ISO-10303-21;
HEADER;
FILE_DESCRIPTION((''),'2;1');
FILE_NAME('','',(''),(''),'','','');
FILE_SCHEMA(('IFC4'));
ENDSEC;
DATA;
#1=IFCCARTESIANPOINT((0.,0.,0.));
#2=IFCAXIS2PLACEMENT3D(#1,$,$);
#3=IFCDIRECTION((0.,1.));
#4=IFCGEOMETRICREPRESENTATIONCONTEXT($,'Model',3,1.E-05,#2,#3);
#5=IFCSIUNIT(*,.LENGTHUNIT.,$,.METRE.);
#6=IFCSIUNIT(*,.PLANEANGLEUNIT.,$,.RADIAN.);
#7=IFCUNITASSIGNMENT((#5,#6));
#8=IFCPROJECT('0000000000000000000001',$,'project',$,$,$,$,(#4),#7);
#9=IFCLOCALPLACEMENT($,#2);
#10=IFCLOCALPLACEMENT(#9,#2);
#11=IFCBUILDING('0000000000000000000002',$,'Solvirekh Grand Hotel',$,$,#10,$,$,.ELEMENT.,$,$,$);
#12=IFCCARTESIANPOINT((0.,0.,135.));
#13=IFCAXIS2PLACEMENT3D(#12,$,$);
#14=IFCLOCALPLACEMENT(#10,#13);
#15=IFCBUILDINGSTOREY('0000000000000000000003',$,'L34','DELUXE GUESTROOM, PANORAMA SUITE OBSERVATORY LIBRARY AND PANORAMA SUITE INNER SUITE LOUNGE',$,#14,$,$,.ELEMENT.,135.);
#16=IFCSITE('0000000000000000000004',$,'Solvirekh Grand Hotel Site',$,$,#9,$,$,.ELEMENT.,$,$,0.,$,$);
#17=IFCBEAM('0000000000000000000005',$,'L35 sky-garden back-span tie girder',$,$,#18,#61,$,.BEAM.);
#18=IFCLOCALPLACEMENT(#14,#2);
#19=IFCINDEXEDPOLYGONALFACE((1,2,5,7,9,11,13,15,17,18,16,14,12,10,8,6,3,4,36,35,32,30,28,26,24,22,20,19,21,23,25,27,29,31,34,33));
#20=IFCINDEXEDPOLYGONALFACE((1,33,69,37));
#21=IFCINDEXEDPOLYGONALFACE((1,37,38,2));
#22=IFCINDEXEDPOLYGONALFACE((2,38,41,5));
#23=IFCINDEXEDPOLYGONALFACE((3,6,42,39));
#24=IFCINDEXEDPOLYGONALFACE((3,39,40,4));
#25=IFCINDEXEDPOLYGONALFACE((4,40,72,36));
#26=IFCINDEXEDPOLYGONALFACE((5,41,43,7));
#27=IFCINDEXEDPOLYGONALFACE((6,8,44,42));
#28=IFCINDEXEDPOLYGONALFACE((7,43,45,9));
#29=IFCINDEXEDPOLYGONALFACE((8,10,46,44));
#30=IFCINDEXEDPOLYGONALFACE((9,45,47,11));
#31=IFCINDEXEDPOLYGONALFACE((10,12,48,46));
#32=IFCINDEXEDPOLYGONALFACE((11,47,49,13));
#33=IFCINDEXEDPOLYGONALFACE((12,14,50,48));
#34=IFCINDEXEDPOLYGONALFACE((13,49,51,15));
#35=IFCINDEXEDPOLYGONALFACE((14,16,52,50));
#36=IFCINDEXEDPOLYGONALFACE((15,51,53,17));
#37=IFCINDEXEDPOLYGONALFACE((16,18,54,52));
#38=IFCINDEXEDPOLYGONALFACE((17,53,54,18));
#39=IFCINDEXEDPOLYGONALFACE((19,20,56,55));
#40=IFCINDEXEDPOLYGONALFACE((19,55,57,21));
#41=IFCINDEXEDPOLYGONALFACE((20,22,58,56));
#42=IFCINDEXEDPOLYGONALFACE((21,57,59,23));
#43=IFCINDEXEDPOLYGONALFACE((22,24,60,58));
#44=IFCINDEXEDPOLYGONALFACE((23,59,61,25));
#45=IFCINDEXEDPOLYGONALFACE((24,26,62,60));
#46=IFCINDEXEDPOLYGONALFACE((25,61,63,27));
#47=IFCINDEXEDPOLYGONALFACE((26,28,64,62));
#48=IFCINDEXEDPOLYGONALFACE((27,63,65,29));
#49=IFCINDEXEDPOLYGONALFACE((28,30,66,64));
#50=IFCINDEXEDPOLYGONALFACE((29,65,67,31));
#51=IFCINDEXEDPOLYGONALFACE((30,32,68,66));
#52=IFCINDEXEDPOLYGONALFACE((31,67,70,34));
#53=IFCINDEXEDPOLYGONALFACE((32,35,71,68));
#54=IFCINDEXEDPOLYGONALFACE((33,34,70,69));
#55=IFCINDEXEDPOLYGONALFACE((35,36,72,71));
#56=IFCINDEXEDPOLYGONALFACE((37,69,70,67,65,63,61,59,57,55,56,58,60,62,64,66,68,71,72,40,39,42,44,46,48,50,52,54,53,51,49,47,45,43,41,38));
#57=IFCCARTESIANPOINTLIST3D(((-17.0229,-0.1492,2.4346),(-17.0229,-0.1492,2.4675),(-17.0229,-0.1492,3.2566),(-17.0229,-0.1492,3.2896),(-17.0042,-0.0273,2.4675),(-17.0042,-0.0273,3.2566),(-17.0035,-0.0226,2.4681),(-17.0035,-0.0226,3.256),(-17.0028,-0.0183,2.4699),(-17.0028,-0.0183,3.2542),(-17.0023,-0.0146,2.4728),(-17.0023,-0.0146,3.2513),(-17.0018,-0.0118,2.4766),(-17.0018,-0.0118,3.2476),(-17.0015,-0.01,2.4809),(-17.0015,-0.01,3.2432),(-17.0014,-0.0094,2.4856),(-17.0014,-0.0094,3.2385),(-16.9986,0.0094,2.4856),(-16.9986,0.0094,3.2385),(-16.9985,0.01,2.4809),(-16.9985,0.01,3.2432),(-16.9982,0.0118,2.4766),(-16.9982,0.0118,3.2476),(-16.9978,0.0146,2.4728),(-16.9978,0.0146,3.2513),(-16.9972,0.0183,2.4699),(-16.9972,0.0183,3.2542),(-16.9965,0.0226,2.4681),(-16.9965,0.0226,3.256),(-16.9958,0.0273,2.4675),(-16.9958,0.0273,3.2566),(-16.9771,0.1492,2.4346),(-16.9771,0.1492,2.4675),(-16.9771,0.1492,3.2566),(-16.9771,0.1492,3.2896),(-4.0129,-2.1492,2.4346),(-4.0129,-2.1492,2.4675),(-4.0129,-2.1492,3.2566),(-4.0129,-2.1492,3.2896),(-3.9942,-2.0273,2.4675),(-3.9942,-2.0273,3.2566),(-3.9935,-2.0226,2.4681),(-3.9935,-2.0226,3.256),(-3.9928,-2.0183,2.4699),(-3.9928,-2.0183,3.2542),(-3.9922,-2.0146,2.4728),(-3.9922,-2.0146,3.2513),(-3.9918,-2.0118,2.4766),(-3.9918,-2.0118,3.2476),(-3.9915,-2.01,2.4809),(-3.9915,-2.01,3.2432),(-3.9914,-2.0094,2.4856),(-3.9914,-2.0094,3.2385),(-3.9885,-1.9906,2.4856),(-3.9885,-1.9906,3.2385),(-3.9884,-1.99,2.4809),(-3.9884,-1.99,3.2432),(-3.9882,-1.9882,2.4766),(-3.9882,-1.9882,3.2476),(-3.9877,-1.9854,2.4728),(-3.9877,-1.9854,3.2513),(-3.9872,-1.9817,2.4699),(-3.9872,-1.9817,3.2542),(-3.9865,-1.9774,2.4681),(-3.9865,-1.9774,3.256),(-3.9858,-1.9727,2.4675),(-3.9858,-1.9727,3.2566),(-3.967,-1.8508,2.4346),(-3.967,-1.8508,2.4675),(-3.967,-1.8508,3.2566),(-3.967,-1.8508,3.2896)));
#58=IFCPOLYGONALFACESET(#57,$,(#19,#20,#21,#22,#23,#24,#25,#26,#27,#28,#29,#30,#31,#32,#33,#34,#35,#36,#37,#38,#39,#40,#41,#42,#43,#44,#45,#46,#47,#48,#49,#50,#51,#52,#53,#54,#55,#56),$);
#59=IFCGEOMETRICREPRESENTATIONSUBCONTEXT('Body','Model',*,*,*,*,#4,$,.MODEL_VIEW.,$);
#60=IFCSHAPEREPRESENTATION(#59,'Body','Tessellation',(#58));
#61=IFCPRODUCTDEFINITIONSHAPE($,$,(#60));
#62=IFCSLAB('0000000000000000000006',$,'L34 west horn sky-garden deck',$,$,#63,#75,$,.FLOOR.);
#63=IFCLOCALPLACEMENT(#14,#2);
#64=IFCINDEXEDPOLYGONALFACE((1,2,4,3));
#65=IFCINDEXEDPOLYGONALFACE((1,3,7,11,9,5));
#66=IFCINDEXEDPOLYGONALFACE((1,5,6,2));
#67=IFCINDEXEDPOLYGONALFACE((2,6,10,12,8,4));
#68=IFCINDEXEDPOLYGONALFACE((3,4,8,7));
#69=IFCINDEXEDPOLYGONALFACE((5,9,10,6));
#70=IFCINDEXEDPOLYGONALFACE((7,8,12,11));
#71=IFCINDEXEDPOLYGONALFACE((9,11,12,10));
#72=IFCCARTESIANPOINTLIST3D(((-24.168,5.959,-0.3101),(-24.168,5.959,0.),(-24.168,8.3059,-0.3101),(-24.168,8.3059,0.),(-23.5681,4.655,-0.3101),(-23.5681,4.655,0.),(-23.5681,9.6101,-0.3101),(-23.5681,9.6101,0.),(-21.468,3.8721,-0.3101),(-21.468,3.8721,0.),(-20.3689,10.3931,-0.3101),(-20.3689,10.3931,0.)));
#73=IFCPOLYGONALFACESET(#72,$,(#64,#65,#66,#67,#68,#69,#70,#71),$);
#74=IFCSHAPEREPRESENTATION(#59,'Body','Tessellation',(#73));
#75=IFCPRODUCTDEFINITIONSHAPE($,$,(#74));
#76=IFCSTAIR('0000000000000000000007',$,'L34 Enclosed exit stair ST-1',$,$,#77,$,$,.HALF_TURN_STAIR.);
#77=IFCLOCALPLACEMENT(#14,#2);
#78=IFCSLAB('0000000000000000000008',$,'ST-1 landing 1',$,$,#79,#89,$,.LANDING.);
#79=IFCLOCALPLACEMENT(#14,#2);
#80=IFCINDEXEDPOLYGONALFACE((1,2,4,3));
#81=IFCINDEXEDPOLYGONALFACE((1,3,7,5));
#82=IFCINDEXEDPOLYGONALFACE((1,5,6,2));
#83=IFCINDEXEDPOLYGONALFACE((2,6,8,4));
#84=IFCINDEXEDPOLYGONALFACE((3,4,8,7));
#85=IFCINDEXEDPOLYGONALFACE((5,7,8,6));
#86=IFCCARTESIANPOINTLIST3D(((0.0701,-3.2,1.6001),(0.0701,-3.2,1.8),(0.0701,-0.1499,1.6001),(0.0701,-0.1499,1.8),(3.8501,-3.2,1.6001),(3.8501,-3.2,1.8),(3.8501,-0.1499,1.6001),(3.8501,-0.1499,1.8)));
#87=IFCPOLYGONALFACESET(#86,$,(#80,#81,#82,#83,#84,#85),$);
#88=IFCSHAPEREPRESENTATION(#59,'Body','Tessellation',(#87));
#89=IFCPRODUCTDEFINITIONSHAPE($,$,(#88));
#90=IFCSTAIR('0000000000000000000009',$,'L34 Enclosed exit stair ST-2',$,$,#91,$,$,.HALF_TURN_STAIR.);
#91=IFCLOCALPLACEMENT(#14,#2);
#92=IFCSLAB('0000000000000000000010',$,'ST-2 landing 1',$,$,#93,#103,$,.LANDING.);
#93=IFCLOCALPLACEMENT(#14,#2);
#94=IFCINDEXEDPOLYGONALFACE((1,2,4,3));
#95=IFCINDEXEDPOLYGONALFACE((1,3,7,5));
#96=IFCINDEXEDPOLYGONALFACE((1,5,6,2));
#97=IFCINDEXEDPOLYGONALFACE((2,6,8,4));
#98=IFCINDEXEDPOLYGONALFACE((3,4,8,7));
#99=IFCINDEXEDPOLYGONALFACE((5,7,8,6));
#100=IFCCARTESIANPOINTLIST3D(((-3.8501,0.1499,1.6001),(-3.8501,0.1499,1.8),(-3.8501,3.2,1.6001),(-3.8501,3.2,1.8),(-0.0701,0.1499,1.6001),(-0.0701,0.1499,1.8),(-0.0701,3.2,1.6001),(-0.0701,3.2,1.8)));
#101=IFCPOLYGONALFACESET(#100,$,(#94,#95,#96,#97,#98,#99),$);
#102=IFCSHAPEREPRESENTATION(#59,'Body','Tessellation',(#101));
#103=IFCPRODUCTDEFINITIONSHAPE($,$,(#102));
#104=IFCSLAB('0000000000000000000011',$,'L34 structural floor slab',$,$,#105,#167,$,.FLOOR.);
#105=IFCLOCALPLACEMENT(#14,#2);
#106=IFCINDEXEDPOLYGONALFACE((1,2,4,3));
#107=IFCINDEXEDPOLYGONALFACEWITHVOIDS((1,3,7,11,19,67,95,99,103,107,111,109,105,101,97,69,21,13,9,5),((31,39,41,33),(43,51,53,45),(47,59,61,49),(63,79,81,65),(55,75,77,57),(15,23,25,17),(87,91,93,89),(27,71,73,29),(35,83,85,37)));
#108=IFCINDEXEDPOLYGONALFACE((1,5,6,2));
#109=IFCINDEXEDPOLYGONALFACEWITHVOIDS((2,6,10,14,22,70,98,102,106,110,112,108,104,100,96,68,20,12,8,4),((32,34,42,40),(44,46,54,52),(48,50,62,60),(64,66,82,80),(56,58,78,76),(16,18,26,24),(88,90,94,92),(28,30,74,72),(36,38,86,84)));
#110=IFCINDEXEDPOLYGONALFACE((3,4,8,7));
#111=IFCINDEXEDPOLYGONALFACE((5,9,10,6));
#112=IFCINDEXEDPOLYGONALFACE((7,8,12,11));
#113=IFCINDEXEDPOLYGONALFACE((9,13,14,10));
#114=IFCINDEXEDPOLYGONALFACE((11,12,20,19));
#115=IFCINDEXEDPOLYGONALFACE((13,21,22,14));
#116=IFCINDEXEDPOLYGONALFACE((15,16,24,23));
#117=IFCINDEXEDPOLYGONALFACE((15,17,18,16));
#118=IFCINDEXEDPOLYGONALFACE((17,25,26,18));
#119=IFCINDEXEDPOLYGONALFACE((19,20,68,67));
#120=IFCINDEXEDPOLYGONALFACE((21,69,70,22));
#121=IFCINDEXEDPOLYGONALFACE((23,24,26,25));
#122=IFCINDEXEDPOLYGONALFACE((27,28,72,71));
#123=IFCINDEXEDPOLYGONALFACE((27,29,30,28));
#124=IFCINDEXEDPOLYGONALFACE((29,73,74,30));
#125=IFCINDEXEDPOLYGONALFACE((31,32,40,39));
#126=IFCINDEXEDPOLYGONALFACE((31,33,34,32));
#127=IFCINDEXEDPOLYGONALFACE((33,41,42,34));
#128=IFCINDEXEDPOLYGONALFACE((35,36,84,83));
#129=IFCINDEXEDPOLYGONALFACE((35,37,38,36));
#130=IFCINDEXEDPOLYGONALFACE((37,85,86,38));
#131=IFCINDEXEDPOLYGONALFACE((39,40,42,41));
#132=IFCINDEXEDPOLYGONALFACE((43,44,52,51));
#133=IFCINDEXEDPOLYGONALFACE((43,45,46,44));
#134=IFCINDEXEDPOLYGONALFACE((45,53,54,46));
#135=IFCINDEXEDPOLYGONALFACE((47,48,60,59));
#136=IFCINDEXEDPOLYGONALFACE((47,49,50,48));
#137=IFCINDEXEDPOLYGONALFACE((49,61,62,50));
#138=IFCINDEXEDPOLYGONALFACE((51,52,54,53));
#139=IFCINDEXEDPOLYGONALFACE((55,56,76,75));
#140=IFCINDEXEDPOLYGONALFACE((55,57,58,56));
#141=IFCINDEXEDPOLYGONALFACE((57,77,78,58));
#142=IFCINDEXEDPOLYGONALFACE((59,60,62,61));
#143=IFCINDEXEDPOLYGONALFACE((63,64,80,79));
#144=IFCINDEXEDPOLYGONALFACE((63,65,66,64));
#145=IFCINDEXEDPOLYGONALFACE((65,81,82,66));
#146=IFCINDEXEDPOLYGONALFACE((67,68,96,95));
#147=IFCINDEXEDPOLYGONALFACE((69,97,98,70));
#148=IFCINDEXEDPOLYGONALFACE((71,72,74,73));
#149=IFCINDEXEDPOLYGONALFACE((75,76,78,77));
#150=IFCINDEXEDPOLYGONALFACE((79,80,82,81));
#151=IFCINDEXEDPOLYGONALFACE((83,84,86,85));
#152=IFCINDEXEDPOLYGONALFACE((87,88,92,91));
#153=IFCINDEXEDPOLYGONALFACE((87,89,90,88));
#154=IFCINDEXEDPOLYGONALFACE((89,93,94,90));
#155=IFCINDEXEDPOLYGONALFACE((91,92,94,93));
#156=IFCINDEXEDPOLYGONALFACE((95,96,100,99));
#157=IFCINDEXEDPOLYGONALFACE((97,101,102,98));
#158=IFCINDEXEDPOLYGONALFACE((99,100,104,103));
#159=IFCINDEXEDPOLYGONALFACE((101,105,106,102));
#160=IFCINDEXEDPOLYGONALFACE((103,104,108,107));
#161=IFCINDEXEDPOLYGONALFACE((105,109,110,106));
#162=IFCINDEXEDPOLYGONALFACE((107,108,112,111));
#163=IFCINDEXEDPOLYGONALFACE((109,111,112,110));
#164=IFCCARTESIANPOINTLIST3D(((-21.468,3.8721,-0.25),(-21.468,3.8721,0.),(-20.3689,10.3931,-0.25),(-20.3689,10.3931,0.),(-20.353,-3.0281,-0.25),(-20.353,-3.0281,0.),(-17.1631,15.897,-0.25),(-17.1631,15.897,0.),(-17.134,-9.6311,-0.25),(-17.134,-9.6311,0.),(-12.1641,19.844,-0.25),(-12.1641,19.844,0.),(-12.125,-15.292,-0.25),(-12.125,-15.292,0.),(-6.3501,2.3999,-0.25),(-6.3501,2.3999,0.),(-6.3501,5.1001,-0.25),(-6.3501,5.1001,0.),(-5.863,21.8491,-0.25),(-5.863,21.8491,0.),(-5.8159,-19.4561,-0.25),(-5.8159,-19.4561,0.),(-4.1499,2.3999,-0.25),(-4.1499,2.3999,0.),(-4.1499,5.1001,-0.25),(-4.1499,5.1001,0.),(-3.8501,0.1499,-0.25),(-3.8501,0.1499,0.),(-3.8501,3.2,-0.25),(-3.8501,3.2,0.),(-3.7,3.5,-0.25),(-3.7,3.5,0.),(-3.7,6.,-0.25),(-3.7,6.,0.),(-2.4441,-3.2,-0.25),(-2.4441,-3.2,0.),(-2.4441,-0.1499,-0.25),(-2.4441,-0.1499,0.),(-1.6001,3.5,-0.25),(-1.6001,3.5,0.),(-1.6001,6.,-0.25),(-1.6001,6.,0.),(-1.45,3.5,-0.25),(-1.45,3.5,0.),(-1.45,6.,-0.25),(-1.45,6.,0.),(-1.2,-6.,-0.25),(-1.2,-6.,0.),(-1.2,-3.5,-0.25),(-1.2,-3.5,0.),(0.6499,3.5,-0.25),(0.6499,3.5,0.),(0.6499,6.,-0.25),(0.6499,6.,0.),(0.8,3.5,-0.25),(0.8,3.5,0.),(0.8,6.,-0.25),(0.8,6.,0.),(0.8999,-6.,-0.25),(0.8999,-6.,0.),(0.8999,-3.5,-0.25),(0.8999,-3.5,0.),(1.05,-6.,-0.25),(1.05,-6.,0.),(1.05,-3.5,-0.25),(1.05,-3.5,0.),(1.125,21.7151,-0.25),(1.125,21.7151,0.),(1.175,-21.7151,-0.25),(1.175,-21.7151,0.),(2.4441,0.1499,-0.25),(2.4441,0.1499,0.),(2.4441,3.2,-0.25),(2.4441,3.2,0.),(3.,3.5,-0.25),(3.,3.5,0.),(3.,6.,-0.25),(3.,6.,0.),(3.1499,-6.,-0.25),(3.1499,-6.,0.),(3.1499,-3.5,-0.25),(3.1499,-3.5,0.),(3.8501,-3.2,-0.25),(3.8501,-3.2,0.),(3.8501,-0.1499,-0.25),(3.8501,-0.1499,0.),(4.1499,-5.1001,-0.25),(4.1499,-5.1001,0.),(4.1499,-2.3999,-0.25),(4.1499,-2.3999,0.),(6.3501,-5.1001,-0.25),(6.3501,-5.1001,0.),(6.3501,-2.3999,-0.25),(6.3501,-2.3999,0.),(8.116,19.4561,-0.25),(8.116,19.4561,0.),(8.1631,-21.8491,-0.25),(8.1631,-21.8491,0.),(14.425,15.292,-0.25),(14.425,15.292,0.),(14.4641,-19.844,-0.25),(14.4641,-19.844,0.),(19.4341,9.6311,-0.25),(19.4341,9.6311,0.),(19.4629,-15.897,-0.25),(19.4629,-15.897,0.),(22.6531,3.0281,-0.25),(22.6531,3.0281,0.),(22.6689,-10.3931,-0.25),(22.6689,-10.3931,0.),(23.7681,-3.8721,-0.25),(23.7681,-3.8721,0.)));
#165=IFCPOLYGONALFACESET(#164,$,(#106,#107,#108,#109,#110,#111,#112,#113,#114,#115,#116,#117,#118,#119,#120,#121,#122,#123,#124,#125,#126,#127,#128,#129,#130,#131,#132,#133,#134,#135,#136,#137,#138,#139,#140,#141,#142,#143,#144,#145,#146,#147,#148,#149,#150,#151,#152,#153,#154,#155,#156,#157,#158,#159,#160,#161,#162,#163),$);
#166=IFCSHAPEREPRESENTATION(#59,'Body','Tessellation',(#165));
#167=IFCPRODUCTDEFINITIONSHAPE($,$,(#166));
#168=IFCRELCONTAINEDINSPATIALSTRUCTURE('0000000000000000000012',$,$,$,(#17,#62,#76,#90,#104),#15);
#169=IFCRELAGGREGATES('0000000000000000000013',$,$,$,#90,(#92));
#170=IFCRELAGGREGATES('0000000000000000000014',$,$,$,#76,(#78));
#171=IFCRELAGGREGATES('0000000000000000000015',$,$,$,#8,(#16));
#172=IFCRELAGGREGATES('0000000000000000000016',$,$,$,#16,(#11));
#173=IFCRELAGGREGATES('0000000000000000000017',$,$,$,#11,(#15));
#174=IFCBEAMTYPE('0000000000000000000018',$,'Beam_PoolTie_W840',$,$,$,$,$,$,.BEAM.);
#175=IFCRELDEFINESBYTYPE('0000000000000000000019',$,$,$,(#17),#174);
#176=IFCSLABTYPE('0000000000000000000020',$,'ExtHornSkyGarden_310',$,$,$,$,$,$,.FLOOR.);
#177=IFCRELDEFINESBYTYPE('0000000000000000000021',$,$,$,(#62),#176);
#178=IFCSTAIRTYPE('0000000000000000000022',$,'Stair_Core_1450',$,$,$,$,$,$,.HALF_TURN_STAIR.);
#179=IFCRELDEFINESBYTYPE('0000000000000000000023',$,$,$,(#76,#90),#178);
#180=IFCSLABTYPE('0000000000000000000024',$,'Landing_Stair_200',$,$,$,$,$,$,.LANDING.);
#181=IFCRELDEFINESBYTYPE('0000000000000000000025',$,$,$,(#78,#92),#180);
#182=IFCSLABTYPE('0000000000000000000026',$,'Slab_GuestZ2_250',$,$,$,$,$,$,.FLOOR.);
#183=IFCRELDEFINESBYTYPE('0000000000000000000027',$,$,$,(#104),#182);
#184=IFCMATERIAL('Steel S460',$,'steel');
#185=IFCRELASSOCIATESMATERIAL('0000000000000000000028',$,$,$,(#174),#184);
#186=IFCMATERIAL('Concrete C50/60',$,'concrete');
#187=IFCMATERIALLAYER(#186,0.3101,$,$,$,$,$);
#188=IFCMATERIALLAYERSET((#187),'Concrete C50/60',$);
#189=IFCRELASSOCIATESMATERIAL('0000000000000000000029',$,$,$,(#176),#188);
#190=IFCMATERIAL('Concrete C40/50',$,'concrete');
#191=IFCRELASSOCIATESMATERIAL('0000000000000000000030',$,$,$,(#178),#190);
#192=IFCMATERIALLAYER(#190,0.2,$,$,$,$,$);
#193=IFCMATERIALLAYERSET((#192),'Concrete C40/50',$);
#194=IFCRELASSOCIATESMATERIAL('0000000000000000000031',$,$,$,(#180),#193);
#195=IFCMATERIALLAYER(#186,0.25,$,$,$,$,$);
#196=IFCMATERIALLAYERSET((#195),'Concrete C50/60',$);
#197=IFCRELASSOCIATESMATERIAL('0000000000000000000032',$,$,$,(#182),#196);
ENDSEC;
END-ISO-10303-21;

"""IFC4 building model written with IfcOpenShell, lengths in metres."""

from ifc_helpers import new_model, si_unit, direction, frame, origin, origin_2d, place, context, subcontext, project, spatial, polyline, i_section, outline, extrude, material, layer, layer_set, material_profile, profile_set, type_object, element, aggregate, save


model = new_model("IFC4")

# Units and contexts
model_context = context("Model", 3, precision=1e-05, world=origin(), true_north=direction((0.0, 1.0)))
body_context = subcontext(model_context, "Body", "Model", "MODEL_VIEW")
ifc_project = project(units=[si_unit("LENGTHUNIT", "METRE"), si_unit("PLANEANGLEUNIT", "RADIAN")], contexts=[model_context])

# Site, building, storey
site_placement = place(None, origin())
site = spatial("IfcSite", under=ifc_project, at=site_placement, Name="Solvirekh Grand Hotel Site", CompositionType="ELEMENT", RefElevation=0.0)
building_placement = place(site_placement, origin())
building = spatial("IfcBuilding", under=site, at=building_placement, Name="Solvirekh Grand Hotel", CompositionType="ELEMENT")
storey_placement = place(building_placement, frame((0.0, 0.0, 135.0)))
storey = spatial("IfcBuildingStorey", under=building, at=storey_placement, Name="L34", Description="DELUXE GUESTROOM, PANORAMA SUITE OBSERVATORY LIBRARY AND PANORAMA SUITE INNER SUITE LOUNGE", CompositionType="ELEMENT", Elevation=135.0)

# Beam
ifc_material_1 = material(Name="Steel S460", Category="steel")
ifc_material_profile = material_profile(ifc_material_1, i_section(OverallWidth=0.302, OverallDepth=0.855, WebThickness=0.019, FlangeThickness=0.033, FilletRadius=0.0181, at=origin_2d()), Name="W840X299")
ifc_profile_set = profile_set([ifc_material_profile], Name="Steel S460")
beam_type = type_object("IfcBeamType", Name="Beam_PoolTie_W840", PredefinedType="BEAM", material=ifc_profile_set)
beam_placement = place(storey_placement, frame((-3.99, -2.0, 2.8621), z_axis=(-0.988389, 0.151943, 0.0), x_axis=(-0.151943, -0.988389, 0.0)))
element("IfcBeam", 1, at=beam_placement, inside=storey, type_object=beam_type, Name="L35 sky-garden back-span tie girder", PredefinedType="BEAM", context=body_context, shape_type="SweptSolid", body=[
    extrude(i_section(OverallWidth=0.302, OverallDepth=0.855, WebThickness=0.019, FlangeThickness=0.033, FilletRadius=0.0181, at=origin_2d()), origin(), (0.0, 0.0, 1.0), 13.1628),
])

# Slab
ifc_material_2 = material(Name="Concrete C50/60", Category="concrete")
ifc_layer_1 = layer(ifc_material_2, 0.3101)
ifc_layer_set_1 = layer_set([ifc_layer_1], Name="Concrete C50/60")
slab_type_1 = type_object("IfcSlabType", Name="ExtHornSkyGarden_310", PredefinedType="FLOOR", material=ifc_layer_set_1)
slab_1_placement = place(storey_placement, frame((0.0, 0.0, -0.3101)))
element("IfcSlab", 2, at=slab_1_placement, inside=storey, type_object=slab_type_1, Name="L34 west horn sky-garden deck", PredefinedType="FLOOR", context=body_context, shape_type="SweptSolid", body=[
    extrude(outline(polyline([(-23.5681, 9.6101), (-24.168, 8.3059), (-24.168, 5.959), (-23.5681, 4.655), (-21.468, 3.8721), (-20.3689, 10.3931), (-23.5681, 9.6101)])), origin(), (0.0, 0.0, 1.0), 0.3101),
])

# Stairs, slabs
ifc_material_3 = material(Name="Concrete C40/50", Category="concrete")
stair_type = type_object("IfcStairType", Name="Stair_Core_1450", PredefinedType="HALF_TURN_STAIR", material=ifc_material_3)
stair_1_placement = place(storey_placement, origin())
stair_1 = element("IfcStair", 3, at=stair_1_placement, inside=storey, type_object=stair_type, Name="L34 Enclosed exit stair ST-1", PredefinedType="HALF_TURN_STAIR")
ifc_layer_2 = layer(ifc_material_3, 0.2)
ifc_layer_set_2 = layer_set([ifc_layer_2], Name="Concrete C40/50")
slab_type_2 = type_object("IfcSlabType", Name="Landing_Stair_200", PredefinedType="LANDING", material=ifc_layer_set_2)
slab_2_placement = place(storey_placement, frame((0.0, 0.0, 1.6001)))
slab_2 = element("IfcSlab", 4, at=slab_2_placement, type_object=slab_type_2, Name="ST-1 landing 1", PredefinedType="LANDING", context=body_context, shape_type="SweptSolid", body=[
    extrude(outline(polyline([(0.0701, -3.2), (3.8501, -3.2), (3.8501, -0.1499), (0.0701, -0.1499), (0.0701, -3.2)])), origin(), (0.0, 0.0, 1.0), 0.2),
])
stair_2_placement = place(storey_placement, origin())
stair_2 = element("IfcStair", 5, at=stair_2_placement, inside=storey, type_object=stair_type, Name="L34 Enclosed exit stair ST-2", PredefinedType="HALF_TURN_STAIR")
slab_3_placement = place(storey_placement, frame((0.0, 0.0, 1.6001)))
slab_3 = element("IfcSlab", 6, at=slab_3_placement, type_object=slab_type_2, Name="ST-2 landing 1", PredefinedType="LANDING", context=body_context, shape_type="SweptSolid", body=[
    extrude(outline(polyline([(-0.0701, 3.2), (-3.8501, 3.2), (-3.8501, 0.1499), (-0.0701, 0.1499), (-0.0701, 3.2)])), origin(), (0.0, 0.0, 1.0), 0.2),
])
aggregate(stair_2, [slab_3])

# Slab
ifc_layer_3 = layer(ifc_material_2, 0.25)
ifc_layer_set_3 = layer_set([ifc_layer_3], Name="Concrete C50/60")
slab_type_3 = type_object("IfcSlabType", Name="Slab_GuestZ2_250", PredefinedType="FLOOR", material=ifc_layer_set_3)
slab_4_placement = place(storey_placement, frame((0.0, 0.0, -0.25)))
element("IfcSlab", 7, at=slab_4_placement, inside=storey, type_object=slab_type_3, Name="L34 structural floor slab", PredefinedType="FLOOR", context=body_context, shape_type="SweptSolid", body=[
    extrude(outline(polyline([(19.4629, -15.897), (22.6689, -10.3931), (23.7681, -3.8721), (22.6531, 3.0281), (19.4341, 9.6311), (14.425, 15.292), (8.116, 19.4561), (1.125, 21.7151), (-5.863, 21.8491), (-12.1641, 19.844), (-17.1631, 15.897), (-20.3689, 10.3931), (-21.468, 3.8721), (-20.353, -3.0281), (-17.134, -9.6311), (-12.125, -15.292), (-5.8159, -19.4561), (1.175, -21.7151), (8.1631, -21.8491), (14.4641, -19.844), (19.4629, -15.897)]), holes=[polyline([(-2.4441, -0.1499), (3.8501, -0.1499), (3.8501, -3.2), (-2.4441, -3.2), (-2.4441, -0.1499)]), polyline([(2.4441, 0.1499), (-3.8501, 0.1499), (-3.8501, 3.2), (2.4441, 3.2), (2.4441, 0.1499)]), polyline([(-1.2, -3.5), (0.8999, -3.5), (0.8999, -6.0), (-1.2, -6.0), (-1.2, -3.5)]), polyline([(1.05, -3.5), (3.1499, -3.5), (3.1499, -6.0), (1.05, -6.0), (1.05, -3.5)]), polyline([(-3.7, 6.0), (-1.6001, 6.0), (-1.6001, 3.5), (-3.7, 3.5), (-3.7, 6.0)]), polyline([(-1.45, 6.0), (0.6499, 6.0), (0.6499, 3.5), (-1.45, 3.5), (-1.45, 6.0)]), polyline([(0.8, 6.0), (3.0, 6.0), (3.0, 3.5), (0.8, 3.5), (0.8, 6.0)]), polyline([(-6.3501, 5.1001), (-4.1499, 5.1001), (-4.1499, 2.3999), (-6.3501, 2.3999), (-6.3501, 5.1001)]), polyline([(4.1499, -2.3999), (6.3501, -2.3999), (6.3501, -5.1001), (4.1499, -5.1001), (4.1499, -2.3999)])]), origin(), (0.0, 0.0, 1.0), 0.25),
])

aggregate(stair_1, [slab_2])

save(model, "model.ifc")
